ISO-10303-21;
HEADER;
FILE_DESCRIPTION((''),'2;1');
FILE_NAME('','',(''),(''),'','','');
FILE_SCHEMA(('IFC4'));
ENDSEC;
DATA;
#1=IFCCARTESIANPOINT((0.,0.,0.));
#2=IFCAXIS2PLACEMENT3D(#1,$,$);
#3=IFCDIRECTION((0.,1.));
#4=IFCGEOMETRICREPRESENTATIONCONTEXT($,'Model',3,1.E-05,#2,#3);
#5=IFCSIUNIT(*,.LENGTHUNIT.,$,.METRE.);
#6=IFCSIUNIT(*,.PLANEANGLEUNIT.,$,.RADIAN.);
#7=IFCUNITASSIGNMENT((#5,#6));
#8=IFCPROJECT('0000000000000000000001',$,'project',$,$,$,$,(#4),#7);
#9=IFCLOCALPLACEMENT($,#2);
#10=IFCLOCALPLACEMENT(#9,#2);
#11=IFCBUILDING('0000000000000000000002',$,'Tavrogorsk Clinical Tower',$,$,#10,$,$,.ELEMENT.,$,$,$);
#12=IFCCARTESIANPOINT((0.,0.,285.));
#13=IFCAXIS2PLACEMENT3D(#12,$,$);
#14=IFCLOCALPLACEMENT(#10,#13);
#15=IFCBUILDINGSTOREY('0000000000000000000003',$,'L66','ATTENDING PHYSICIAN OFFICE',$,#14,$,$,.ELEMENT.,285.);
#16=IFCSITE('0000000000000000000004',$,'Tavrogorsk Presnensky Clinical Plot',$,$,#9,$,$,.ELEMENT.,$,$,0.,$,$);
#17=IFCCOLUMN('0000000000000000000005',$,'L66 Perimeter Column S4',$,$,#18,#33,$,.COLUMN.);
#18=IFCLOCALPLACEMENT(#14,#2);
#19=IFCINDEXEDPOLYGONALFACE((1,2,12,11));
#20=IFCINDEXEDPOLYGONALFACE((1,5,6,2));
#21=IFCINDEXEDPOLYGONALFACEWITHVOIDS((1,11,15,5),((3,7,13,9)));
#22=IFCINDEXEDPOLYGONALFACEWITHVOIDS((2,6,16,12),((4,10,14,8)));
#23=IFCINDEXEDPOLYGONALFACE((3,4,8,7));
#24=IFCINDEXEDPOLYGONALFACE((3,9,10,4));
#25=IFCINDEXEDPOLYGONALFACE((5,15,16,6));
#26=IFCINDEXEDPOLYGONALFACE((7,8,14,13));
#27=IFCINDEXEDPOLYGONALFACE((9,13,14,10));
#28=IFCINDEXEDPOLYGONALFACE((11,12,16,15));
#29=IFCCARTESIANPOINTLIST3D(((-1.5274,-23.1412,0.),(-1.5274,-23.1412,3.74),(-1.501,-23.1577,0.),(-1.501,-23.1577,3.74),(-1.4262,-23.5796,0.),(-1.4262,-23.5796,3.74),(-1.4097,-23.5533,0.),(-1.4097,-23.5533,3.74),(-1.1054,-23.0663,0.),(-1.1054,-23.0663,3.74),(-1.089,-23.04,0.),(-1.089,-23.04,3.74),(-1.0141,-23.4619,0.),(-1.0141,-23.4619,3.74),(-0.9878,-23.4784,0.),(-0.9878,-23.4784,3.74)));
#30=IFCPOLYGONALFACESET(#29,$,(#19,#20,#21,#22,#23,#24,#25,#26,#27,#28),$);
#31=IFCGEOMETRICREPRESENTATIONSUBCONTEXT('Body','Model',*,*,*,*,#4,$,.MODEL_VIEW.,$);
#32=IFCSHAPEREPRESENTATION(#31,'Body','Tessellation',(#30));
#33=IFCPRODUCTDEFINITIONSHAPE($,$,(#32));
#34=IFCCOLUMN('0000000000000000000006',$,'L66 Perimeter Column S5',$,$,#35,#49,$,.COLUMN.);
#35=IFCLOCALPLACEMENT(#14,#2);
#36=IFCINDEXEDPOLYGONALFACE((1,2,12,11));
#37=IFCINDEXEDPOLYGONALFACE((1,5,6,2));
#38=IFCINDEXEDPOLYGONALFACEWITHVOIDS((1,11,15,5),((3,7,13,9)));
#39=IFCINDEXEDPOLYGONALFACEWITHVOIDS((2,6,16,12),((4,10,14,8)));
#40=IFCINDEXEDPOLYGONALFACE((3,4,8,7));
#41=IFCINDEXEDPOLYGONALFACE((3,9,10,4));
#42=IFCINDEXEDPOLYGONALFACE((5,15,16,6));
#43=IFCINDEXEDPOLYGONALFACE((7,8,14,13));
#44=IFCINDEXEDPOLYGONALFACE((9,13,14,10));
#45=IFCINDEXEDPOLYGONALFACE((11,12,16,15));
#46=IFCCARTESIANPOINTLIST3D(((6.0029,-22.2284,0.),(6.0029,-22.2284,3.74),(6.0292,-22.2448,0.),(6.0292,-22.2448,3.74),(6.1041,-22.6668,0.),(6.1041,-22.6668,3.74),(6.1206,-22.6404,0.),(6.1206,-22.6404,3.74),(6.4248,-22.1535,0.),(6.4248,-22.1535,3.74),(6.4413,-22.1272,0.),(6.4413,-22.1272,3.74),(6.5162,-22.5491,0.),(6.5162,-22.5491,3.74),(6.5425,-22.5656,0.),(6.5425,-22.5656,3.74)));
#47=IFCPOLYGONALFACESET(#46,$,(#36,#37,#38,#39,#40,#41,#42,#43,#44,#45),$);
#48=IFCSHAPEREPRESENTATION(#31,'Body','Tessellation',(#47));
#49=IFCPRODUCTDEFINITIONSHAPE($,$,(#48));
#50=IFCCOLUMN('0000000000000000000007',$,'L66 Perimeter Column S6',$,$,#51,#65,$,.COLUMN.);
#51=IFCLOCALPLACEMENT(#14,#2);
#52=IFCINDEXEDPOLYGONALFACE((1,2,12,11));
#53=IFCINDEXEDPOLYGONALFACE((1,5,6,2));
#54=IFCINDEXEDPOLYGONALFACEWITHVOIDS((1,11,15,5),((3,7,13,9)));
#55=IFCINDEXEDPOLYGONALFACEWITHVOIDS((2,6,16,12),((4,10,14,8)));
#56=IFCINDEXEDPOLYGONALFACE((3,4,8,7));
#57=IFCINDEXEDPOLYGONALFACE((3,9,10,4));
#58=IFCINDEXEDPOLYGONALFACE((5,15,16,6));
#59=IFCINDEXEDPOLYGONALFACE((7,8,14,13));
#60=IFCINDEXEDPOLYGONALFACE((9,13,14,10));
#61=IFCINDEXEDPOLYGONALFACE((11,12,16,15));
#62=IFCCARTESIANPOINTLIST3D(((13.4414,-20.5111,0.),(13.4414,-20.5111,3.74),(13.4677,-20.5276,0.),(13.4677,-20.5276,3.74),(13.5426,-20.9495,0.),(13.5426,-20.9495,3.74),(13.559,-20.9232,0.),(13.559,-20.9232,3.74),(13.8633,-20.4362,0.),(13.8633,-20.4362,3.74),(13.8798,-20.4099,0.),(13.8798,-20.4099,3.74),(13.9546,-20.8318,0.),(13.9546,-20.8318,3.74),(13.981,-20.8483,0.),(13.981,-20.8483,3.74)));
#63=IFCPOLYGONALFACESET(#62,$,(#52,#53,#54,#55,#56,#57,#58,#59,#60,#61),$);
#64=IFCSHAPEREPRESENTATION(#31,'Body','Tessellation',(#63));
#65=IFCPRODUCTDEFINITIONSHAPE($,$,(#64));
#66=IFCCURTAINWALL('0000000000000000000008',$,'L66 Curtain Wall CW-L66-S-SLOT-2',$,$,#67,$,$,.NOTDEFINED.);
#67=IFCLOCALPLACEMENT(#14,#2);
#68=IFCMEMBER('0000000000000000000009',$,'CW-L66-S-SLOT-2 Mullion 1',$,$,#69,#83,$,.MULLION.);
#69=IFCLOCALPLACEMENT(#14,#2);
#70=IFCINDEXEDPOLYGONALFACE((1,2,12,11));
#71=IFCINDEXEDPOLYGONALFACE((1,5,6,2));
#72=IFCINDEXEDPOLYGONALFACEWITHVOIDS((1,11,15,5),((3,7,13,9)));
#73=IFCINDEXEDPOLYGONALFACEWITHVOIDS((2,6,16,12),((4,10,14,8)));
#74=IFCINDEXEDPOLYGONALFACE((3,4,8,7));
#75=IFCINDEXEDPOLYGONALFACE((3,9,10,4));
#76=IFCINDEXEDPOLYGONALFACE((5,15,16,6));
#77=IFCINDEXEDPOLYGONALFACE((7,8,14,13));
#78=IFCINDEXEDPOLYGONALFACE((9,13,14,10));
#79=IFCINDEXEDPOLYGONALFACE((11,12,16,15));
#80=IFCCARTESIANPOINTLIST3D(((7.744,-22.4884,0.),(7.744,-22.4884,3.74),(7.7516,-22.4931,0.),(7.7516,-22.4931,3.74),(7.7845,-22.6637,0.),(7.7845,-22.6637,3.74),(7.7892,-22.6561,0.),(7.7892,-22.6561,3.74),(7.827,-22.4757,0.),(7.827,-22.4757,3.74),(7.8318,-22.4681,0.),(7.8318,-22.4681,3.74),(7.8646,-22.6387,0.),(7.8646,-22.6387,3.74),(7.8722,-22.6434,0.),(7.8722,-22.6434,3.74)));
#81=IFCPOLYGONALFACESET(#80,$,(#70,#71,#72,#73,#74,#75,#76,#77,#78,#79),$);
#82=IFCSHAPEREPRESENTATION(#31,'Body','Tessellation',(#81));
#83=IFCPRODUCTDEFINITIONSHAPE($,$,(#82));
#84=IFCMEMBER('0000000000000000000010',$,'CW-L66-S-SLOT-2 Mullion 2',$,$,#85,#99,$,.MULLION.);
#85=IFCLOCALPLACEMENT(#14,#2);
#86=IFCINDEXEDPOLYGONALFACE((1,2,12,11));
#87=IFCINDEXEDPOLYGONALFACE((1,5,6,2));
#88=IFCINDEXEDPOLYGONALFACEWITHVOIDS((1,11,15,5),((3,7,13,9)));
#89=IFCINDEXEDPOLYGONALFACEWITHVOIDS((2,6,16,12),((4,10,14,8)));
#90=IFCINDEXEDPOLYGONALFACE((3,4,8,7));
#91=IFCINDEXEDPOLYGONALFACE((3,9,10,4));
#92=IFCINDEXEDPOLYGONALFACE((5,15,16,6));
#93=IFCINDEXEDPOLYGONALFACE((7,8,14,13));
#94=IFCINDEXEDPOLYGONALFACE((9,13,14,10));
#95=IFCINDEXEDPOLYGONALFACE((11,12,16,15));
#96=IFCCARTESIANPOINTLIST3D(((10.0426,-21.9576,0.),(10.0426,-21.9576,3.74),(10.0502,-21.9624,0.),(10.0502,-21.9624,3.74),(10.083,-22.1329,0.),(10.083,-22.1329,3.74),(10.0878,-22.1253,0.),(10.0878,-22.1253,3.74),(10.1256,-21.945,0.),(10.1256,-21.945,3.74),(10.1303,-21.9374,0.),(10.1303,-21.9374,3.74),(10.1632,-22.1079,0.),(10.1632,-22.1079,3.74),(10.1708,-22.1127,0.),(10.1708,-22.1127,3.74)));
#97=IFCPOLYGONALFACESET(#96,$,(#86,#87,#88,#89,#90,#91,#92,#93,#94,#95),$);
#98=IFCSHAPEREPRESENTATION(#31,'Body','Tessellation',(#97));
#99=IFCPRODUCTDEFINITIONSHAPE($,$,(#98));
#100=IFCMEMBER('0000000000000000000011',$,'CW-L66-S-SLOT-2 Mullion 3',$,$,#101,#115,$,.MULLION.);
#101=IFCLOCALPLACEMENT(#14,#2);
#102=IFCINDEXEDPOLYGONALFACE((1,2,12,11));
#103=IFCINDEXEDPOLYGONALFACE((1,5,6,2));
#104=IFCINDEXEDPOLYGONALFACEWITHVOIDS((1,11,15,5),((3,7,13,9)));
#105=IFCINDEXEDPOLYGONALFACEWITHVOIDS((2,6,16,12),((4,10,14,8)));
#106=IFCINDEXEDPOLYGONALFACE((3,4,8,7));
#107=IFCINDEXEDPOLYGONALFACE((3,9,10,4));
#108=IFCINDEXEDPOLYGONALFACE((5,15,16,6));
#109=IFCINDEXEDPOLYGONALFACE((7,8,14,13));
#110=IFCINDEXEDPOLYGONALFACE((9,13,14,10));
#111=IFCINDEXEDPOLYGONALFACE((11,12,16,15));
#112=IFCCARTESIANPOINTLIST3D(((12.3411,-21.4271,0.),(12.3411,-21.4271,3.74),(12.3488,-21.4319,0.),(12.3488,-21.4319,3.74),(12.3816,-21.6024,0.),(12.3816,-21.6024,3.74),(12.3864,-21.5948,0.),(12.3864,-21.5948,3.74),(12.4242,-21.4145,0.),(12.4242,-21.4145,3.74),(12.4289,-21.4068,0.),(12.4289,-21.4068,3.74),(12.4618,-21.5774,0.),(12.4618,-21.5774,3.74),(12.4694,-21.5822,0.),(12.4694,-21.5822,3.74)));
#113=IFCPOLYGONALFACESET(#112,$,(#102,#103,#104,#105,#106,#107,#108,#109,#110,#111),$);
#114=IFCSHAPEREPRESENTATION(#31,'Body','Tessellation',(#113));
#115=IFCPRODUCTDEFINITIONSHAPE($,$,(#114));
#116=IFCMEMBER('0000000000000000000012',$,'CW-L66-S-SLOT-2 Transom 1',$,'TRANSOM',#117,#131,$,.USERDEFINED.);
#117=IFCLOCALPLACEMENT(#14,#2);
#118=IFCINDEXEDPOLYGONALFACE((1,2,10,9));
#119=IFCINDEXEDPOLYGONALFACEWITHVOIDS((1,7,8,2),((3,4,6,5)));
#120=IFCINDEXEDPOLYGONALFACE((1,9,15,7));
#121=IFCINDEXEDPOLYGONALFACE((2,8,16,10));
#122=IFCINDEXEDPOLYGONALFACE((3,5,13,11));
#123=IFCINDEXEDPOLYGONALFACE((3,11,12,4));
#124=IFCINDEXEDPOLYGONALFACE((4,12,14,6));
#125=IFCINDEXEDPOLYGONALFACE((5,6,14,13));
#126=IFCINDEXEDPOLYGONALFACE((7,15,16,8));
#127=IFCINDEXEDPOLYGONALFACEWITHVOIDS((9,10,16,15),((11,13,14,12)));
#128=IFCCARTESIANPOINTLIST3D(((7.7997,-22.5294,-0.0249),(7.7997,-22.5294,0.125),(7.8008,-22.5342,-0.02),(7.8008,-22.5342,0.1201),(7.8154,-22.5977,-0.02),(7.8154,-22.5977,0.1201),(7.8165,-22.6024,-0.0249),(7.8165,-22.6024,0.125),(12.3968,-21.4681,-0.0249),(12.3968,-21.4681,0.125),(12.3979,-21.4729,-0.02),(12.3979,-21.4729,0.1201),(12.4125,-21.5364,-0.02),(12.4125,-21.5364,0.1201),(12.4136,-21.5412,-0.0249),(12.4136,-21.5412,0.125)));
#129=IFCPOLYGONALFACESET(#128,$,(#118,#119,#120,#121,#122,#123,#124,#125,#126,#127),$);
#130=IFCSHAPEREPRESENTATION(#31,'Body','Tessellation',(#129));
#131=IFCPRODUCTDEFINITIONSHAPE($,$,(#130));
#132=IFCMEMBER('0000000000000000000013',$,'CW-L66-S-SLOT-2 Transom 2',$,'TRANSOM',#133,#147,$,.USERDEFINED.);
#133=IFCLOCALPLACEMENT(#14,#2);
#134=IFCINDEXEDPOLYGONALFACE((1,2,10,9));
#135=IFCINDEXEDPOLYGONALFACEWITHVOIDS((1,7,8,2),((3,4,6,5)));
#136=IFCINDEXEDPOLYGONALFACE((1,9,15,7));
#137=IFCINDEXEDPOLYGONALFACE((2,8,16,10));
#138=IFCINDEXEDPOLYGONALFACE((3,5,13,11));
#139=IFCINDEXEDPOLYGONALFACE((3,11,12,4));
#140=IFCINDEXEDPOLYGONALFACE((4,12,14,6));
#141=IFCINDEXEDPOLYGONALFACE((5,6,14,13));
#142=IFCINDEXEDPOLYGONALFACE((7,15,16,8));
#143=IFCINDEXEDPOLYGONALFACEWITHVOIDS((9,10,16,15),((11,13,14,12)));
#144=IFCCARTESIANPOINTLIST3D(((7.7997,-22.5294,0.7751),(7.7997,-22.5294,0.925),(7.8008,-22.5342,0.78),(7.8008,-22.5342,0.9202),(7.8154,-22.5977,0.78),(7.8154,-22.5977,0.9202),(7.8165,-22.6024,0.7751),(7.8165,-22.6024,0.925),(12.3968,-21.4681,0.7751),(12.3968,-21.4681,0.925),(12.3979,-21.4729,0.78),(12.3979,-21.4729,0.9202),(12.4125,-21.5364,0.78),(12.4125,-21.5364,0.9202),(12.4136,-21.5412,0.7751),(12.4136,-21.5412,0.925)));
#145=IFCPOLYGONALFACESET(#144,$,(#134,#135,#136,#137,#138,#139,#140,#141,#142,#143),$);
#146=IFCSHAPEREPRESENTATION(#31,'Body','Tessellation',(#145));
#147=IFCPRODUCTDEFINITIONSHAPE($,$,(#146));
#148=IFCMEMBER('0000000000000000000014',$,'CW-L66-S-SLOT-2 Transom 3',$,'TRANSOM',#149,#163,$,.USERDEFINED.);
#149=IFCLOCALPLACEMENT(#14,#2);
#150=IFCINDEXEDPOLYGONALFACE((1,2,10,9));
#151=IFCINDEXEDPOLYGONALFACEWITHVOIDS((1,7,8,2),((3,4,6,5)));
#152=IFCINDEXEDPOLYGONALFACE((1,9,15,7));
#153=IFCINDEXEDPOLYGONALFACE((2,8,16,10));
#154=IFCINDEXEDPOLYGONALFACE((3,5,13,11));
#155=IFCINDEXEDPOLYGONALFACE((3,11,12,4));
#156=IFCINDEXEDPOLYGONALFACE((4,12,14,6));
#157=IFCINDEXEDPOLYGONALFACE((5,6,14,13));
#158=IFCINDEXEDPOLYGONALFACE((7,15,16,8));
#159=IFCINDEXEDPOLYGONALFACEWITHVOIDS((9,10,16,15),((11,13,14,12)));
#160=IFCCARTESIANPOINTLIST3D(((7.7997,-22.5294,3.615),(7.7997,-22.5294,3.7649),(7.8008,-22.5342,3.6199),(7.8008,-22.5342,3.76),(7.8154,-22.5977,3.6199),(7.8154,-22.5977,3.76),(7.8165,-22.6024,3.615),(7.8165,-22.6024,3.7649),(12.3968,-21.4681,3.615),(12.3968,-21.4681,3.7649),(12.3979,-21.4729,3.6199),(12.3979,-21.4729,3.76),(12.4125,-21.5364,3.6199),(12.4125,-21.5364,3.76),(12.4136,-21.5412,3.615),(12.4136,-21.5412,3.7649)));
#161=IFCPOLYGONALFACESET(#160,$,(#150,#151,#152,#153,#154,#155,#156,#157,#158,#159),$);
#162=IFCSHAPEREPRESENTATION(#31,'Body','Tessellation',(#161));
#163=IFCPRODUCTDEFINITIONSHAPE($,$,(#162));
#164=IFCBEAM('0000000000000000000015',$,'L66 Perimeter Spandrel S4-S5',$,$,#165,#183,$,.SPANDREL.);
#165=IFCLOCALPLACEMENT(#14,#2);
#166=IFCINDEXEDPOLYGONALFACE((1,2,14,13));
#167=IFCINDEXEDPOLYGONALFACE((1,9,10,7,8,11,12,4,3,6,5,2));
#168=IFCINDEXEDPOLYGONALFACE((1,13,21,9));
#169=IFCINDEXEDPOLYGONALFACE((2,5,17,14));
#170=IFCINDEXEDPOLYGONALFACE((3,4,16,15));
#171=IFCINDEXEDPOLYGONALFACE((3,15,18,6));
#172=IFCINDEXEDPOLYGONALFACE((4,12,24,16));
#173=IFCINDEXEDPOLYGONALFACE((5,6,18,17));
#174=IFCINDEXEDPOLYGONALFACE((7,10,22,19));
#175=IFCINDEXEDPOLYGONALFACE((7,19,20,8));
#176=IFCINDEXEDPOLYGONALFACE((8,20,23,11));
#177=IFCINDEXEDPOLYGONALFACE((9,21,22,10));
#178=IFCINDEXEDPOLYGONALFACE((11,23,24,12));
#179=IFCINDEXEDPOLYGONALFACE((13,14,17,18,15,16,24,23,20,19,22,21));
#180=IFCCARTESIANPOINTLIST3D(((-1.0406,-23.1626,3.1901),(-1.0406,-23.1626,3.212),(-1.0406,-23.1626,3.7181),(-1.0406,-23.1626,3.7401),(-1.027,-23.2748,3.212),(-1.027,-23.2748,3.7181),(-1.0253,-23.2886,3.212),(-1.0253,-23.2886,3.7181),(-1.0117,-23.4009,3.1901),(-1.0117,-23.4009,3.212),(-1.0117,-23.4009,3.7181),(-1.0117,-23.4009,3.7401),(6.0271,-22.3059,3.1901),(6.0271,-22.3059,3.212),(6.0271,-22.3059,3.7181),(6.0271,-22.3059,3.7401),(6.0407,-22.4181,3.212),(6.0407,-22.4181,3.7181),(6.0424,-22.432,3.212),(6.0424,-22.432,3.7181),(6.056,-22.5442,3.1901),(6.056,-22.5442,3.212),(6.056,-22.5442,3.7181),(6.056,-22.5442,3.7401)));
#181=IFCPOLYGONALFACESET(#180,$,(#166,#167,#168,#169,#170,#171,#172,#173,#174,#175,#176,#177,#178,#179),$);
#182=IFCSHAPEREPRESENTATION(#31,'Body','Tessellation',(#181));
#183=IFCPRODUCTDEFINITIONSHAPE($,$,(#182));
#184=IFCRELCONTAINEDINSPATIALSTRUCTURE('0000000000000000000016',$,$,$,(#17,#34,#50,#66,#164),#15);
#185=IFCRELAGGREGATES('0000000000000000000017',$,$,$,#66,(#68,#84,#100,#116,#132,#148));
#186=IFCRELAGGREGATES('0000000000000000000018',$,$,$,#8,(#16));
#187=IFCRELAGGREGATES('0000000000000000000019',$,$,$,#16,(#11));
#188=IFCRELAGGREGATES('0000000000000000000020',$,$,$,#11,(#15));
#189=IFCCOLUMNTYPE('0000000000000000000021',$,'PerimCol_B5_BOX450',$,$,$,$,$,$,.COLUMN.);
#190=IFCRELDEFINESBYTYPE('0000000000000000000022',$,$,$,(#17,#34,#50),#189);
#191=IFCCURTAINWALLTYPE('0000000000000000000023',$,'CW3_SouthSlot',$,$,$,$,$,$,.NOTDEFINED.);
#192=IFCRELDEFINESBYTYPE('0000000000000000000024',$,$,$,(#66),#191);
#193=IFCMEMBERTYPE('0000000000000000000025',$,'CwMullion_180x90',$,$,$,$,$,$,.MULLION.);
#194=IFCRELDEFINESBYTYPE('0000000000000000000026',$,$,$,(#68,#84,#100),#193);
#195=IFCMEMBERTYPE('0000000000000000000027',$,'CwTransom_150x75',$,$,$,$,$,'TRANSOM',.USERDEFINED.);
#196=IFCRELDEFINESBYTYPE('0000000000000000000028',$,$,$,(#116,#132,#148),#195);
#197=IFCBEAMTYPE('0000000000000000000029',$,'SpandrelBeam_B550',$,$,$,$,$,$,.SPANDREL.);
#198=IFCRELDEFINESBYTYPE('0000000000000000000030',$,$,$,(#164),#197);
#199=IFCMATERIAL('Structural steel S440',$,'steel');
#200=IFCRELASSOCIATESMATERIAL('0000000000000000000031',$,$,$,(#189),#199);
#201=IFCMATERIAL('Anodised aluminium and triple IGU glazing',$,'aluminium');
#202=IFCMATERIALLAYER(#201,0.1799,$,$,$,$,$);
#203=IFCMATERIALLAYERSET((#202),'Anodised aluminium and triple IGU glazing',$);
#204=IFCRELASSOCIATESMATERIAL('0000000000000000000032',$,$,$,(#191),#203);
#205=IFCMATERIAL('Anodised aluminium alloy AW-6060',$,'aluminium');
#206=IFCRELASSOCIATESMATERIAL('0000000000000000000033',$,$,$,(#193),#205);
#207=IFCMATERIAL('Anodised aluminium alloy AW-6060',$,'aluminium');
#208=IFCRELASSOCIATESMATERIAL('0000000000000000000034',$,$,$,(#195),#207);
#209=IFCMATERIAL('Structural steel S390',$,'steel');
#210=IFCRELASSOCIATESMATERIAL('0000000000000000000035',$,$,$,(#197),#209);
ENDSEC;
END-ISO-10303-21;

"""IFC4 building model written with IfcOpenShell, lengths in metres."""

from ifc_helpers import new_model, si_unit, direction, frame, origin, origin_2d, place, context, subcontext, project, spatial, hollow_rectangle, i_section, extrude, material, layer, layer_set, material_profile, profile_set, type_object, element, aggregate, save


model = new_model("IFC4")

# Units and contexts
model_context = context("Model", 3, precision=1e-05, world=origin(), true_north=direction((0.0, 1.0)))
body_context = subcontext(model_context, "Body", "Model", "MODEL_VIEW")
ifc_project = project(units=[si_unit("LENGTHUNIT", "METRE"), si_unit("PLANEANGLEUNIT", "RADIAN")], contexts=[model_context])

# Site, building, storey
site_placement = place(None, origin())
site = spatial("IfcSite", under=ifc_project, at=site_placement, Name="Tavrogorsk Presnensky Clinical Plot", CompositionType="ELEMENT", RefElevation=0.0)
building_placement = place(site_placement, origin())
building = spatial("IfcBuilding", under=site, at=building_placement, Name="Tavrogorsk Clinical Tower", CompositionType="ELEMENT")
storey_placement = place(building_placement, frame((0.0, 0.0, 285.0)))
storey = spatial("IfcBuildingStorey", under=building, at=storey_placement, Name="L66", Description="ATTENDING PHYSICIAN OFFICE", CompositionType="ELEMENT", Elevation=285.0)

# Columns
ifc_material_1 = material(Name="Structural steel S440", Category="steel")
ifc_material_profile_1 = material_profile(ifc_material_1, hollow_rectangle(XDim=0.45, YDim=0.45, WallThickness=0.022, at=origin_2d()), Name="BOX-450x450x22")
ifc_profile_set_1 = profile_set([ifc_material_profile_1], Name="Structural steel S440")
column_type = type_object("IfcColumnType", Name="PerimCol_B5_BOX450", PredefinedType="COLUMN", material=ifc_profile_set_1)
for number, where, z_axis, x_axis, name in (
    (1, (-1.2576, -23.3098, 0.0), (0.0, 0.0, 1.0), (0.97437, 0.224951, 0.0), "L66 Perimeter Column S4"),
    (2, (6.2727, -22.397, 0.0), (0.0, 0.0, 1.0), (0.97437, 0.224951, 0.0), "L66 Perimeter Column S5"),
    (3, (13.7112, -20.6797, 0.0), (0.0, 0.0, 1.0), (0.97437, 0.224951, 0.0), "L66 Perimeter Column S6"),
):
    element("IfcColumn", number, at=place(storey_placement, frame(where, z_axis=z_axis, x_axis=x_axis)), inside=storey, type_object=column_type, Name=name, PredefinedType="COLUMN", context=body_context, shape_type="SweptSolid", body=[
        extrude(hollow_rectangle(XDim=0.45, YDim=0.45, WallThickness=0.022, at=origin_2d()), origin(), (0.0, 0.0, 1.0), 3.74),
    ])

# Curtain wall, members
ifc_material_2 = material(Name="Anodised aluminium and triple IGU glazing", Category="aluminium")
ifc_layer_1 = layer(ifc_material_2, 0.1799)
ifc_layer_set_1 = layer_set([ifc_layer_1], Name="Anodised aluminium and triple IGU glazing")
curtain_wall_type = type_object("IfcCurtainWallType", Name="CW3_SouthSlot", PredefinedType="NOTDEFINED", material=ifc_layer_set_1)
curtain_wall_placement = place(storey_placement, origin())
curtain_wall = element("IfcCurtainWall", 4, at=curtain_wall_placement, inside=storey, type_object=curtain_wall_type, Name="L66 Curtain Wall CW-L66-S-SLOT-2", PredefinedType="NOTDEFINED")
ifc_material_3 = material(Name="Anodised aluminium alloy AW-6060", Category="aluminium")
ifc_material_profile_2 = material_profile(ifc_material_3, hollow_rectangle(XDim=0.0901, YDim=0.1799, WallThickness=0.0063, at=origin_2d()), Name="RHS-180x90x6.3")
ifc_profile_set_2 = profile_set([ifc_material_profile_2], Name="Anodised aluminium alloy AW-6060")
member_type_1 = type_object("IfcMemberType", Name="CwMullion_180x90", PredefinedType="MULLION", material=ifc_profile_set_2)
member_1_placement = place(storey_placement, frame((7.8081, -22.5659, 0.0), z_axis=(0.0, 0.0, 1.0), x_axis=(0.97437, 0.224951, 0.0)))
member_1 = element("IfcMember", 5, at=member_1_placement, type_object=member_type_1, Name="CW-L66-S-SLOT-2 Mullion 1", PredefinedType="MULLION", context=body_context, shape_type="SweptSolid", body=[
    extrude(hollow_rectangle(XDim=0.0901, YDim=0.1799, WallThickness=0.0063, at=origin_2d()), origin(), (0.0, 0.0, 1.0), 3.74),
])
member_2_placement = place(storey_placement, frame((10.1067, -22.0352, 0.0), z_axis=(0.0, 0.0, 1.0), x_axis=(0.97437, 0.224951, 0.0)))
member_2 = element("IfcMember", 6, at=member_2_placement, type_object=member_type_1, Name="CW-L66-S-SLOT-2 Mullion 2", PredefinedType="MULLION", context=body_context, shape_type="SweptSolid", body=[
    extrude(hollow_rectangle(XDim=0.0901, YDim=0.1799, WallThickness=0.0063, at=origin_2d()), origin(), (0.0, 0.0, 1.0), 3.74),
])
member_3_placement = place(storey_placement, frame((12.4053, -21.5046, 0.0), z_axis=(0.0, 0.0, 1.0), x_axis=(0.97437, 0.224951, 0.0)))
member_3 = element("IfcMember", 7, at=member_3_placement, type_object=member_type_1, Name="CW-L66-S-SLOT-2 Mullion 3", PredefinedType="MULLION", context=body_context, shape_type="SweptSolid", body=[
    extrude(hollow_rectangle(XDim=0.0901, YDim=0.1799, WallThickness=0.0063, at=origin_2d()), origin(), (0.0, 0.0, 1.0), 3.74),
])
ifc_material_4 = material(Name="Anodised aluminium alloy AW-6060", Category="aluminium")
ifc_material_profile_3 = material_profile(ifc_material_4, hollow_rectangle(XDim=0.075, YDim=0.1499, WallThickness=0.0049, at=origin_2d()), Name="RHS-150x75x5")
ifc_profile_set_3 = profile_set([ifc_material_profile_3], Name="Anodised aluminium alloy AW-6060")
member_type_2 = type_object("IfcMemberType", Name="CwTransom_150x75", ElementType="TRANSOM", PredefinedType="USERDEFINED", material=ifc_profile_set_3)
member_4_placement = place(storey_placement, frame((7.8081, -22.5659, 0.05), z_axis=(0.974373, 0.224939, 0.0), x_axis=(-0.224939, 0.974373, 0.0)))
member_4 = element("IfcMember", 8, at=member_4_placement, type_object=member_type_2, Name="CW-L66-S-SLOT-2 Transom 1", ObjectType="TRANSOM", PredefinedType="USERDEFINED", context=body_context, shape_type="SweptSolid", body=[
    extrude(hollow_rectangle(XDim=0.075, YDim=0.1499, WallThickness=0.0049, at=origin_2d()), origin(), (0.0, 0.0, 1.0), 4.718),
])
member_5_placement = place(storey_placement, frame((7.8081, -22.5659, 0.8501), z_axis=(0.974373, 0.224939, 0.0), x_axis=(-0.224939, 0.974373, 0.0)))
member_5 = element("IfcMember", 9, at=member_5_placement, type_object=member_type_2, Name="CW-L66-S-SLOT-2 Transom 2", ObjectType="TRANSOM", PredefinedType="USERDEFINED", context=body_context, shape_type="SweptSolid", body=[
    extrude(hollow_rectangle(XDim=0.075, YDim=0.1499, WallThickness=0.0049, at=origin_2d()), origin(), (0.0, 0.0, 1.0), 4.718),
])
member_6_placement = place(storey_placement, frame((7.8081, -22.5659, 3.6899), z_axis=(0.974373, 0.224939, 0.0), x_axis=(-0.224939, 0.974373, 0.0)))
member_6 = element("IfcMember", 10, at=member_6_placement, type_object=member_type_2, Name="CW-L66-S-SLOT-2 Transom 3", ObjectType="TRANSOM", PredefinedType="USERDEFINED", context=body_context, shape_type="SweptSolid", body=[
    extrude(hollow_rectangle(XDim=0.075, YDim=0.1499, WallThickness=0.0049, at=origin_2d()), origin(), (0.0, 0.0, 1.0), 4.718),
])

# Beam
ifc_material_5 = material(Name="Structural steel S390", Category="steel")
ifc_material_profile_4 = material_profile(ifc_material_5, i_section(OverallWidth=0.24, OverallDepth=0.55, WebThickness=0.0139, FlangeThickness=0.022, at=origin_2d()), Name="B-550x240x14x22")
ifc_profile_set_4 = profile_set([ifc_material_profile_4], Name="Structural steel S390")
beam_type = type_object("IfcBeamType", Name="SpandrelBeam_B550", PredefinedType="SPANDREL", material=ifc_profile_set_4)
beam_placement = place(storey_placement, frame((-1.0261, -23.2817, 3.4651), z_axis=(0.992734, 0.120332, 0.0), x_axis=(-0.120332, 0.992734, 0.0)))
element("IfcBeam", 11, at=beam_placement, inside=storey, type_object=beam_type, Name="L66 Perimeter Spandrel S4-S5", PredefinedType="SPANDREL", context=body_context, shape_type="SweptSolid", body=[
    extrude(i_section(OverallWidth=0.24, OverallDepth=0.55, WebThickness=0.0139, FlangeThickness=0.022, at=origin_2d()), origin(), (0.0, 0.0, 1.0), 7.1194),
])

aggregate(curtain_wall, [member_1, member_2, member_3, member_4, member_5, member_6])

save(model, "model.ifc")
